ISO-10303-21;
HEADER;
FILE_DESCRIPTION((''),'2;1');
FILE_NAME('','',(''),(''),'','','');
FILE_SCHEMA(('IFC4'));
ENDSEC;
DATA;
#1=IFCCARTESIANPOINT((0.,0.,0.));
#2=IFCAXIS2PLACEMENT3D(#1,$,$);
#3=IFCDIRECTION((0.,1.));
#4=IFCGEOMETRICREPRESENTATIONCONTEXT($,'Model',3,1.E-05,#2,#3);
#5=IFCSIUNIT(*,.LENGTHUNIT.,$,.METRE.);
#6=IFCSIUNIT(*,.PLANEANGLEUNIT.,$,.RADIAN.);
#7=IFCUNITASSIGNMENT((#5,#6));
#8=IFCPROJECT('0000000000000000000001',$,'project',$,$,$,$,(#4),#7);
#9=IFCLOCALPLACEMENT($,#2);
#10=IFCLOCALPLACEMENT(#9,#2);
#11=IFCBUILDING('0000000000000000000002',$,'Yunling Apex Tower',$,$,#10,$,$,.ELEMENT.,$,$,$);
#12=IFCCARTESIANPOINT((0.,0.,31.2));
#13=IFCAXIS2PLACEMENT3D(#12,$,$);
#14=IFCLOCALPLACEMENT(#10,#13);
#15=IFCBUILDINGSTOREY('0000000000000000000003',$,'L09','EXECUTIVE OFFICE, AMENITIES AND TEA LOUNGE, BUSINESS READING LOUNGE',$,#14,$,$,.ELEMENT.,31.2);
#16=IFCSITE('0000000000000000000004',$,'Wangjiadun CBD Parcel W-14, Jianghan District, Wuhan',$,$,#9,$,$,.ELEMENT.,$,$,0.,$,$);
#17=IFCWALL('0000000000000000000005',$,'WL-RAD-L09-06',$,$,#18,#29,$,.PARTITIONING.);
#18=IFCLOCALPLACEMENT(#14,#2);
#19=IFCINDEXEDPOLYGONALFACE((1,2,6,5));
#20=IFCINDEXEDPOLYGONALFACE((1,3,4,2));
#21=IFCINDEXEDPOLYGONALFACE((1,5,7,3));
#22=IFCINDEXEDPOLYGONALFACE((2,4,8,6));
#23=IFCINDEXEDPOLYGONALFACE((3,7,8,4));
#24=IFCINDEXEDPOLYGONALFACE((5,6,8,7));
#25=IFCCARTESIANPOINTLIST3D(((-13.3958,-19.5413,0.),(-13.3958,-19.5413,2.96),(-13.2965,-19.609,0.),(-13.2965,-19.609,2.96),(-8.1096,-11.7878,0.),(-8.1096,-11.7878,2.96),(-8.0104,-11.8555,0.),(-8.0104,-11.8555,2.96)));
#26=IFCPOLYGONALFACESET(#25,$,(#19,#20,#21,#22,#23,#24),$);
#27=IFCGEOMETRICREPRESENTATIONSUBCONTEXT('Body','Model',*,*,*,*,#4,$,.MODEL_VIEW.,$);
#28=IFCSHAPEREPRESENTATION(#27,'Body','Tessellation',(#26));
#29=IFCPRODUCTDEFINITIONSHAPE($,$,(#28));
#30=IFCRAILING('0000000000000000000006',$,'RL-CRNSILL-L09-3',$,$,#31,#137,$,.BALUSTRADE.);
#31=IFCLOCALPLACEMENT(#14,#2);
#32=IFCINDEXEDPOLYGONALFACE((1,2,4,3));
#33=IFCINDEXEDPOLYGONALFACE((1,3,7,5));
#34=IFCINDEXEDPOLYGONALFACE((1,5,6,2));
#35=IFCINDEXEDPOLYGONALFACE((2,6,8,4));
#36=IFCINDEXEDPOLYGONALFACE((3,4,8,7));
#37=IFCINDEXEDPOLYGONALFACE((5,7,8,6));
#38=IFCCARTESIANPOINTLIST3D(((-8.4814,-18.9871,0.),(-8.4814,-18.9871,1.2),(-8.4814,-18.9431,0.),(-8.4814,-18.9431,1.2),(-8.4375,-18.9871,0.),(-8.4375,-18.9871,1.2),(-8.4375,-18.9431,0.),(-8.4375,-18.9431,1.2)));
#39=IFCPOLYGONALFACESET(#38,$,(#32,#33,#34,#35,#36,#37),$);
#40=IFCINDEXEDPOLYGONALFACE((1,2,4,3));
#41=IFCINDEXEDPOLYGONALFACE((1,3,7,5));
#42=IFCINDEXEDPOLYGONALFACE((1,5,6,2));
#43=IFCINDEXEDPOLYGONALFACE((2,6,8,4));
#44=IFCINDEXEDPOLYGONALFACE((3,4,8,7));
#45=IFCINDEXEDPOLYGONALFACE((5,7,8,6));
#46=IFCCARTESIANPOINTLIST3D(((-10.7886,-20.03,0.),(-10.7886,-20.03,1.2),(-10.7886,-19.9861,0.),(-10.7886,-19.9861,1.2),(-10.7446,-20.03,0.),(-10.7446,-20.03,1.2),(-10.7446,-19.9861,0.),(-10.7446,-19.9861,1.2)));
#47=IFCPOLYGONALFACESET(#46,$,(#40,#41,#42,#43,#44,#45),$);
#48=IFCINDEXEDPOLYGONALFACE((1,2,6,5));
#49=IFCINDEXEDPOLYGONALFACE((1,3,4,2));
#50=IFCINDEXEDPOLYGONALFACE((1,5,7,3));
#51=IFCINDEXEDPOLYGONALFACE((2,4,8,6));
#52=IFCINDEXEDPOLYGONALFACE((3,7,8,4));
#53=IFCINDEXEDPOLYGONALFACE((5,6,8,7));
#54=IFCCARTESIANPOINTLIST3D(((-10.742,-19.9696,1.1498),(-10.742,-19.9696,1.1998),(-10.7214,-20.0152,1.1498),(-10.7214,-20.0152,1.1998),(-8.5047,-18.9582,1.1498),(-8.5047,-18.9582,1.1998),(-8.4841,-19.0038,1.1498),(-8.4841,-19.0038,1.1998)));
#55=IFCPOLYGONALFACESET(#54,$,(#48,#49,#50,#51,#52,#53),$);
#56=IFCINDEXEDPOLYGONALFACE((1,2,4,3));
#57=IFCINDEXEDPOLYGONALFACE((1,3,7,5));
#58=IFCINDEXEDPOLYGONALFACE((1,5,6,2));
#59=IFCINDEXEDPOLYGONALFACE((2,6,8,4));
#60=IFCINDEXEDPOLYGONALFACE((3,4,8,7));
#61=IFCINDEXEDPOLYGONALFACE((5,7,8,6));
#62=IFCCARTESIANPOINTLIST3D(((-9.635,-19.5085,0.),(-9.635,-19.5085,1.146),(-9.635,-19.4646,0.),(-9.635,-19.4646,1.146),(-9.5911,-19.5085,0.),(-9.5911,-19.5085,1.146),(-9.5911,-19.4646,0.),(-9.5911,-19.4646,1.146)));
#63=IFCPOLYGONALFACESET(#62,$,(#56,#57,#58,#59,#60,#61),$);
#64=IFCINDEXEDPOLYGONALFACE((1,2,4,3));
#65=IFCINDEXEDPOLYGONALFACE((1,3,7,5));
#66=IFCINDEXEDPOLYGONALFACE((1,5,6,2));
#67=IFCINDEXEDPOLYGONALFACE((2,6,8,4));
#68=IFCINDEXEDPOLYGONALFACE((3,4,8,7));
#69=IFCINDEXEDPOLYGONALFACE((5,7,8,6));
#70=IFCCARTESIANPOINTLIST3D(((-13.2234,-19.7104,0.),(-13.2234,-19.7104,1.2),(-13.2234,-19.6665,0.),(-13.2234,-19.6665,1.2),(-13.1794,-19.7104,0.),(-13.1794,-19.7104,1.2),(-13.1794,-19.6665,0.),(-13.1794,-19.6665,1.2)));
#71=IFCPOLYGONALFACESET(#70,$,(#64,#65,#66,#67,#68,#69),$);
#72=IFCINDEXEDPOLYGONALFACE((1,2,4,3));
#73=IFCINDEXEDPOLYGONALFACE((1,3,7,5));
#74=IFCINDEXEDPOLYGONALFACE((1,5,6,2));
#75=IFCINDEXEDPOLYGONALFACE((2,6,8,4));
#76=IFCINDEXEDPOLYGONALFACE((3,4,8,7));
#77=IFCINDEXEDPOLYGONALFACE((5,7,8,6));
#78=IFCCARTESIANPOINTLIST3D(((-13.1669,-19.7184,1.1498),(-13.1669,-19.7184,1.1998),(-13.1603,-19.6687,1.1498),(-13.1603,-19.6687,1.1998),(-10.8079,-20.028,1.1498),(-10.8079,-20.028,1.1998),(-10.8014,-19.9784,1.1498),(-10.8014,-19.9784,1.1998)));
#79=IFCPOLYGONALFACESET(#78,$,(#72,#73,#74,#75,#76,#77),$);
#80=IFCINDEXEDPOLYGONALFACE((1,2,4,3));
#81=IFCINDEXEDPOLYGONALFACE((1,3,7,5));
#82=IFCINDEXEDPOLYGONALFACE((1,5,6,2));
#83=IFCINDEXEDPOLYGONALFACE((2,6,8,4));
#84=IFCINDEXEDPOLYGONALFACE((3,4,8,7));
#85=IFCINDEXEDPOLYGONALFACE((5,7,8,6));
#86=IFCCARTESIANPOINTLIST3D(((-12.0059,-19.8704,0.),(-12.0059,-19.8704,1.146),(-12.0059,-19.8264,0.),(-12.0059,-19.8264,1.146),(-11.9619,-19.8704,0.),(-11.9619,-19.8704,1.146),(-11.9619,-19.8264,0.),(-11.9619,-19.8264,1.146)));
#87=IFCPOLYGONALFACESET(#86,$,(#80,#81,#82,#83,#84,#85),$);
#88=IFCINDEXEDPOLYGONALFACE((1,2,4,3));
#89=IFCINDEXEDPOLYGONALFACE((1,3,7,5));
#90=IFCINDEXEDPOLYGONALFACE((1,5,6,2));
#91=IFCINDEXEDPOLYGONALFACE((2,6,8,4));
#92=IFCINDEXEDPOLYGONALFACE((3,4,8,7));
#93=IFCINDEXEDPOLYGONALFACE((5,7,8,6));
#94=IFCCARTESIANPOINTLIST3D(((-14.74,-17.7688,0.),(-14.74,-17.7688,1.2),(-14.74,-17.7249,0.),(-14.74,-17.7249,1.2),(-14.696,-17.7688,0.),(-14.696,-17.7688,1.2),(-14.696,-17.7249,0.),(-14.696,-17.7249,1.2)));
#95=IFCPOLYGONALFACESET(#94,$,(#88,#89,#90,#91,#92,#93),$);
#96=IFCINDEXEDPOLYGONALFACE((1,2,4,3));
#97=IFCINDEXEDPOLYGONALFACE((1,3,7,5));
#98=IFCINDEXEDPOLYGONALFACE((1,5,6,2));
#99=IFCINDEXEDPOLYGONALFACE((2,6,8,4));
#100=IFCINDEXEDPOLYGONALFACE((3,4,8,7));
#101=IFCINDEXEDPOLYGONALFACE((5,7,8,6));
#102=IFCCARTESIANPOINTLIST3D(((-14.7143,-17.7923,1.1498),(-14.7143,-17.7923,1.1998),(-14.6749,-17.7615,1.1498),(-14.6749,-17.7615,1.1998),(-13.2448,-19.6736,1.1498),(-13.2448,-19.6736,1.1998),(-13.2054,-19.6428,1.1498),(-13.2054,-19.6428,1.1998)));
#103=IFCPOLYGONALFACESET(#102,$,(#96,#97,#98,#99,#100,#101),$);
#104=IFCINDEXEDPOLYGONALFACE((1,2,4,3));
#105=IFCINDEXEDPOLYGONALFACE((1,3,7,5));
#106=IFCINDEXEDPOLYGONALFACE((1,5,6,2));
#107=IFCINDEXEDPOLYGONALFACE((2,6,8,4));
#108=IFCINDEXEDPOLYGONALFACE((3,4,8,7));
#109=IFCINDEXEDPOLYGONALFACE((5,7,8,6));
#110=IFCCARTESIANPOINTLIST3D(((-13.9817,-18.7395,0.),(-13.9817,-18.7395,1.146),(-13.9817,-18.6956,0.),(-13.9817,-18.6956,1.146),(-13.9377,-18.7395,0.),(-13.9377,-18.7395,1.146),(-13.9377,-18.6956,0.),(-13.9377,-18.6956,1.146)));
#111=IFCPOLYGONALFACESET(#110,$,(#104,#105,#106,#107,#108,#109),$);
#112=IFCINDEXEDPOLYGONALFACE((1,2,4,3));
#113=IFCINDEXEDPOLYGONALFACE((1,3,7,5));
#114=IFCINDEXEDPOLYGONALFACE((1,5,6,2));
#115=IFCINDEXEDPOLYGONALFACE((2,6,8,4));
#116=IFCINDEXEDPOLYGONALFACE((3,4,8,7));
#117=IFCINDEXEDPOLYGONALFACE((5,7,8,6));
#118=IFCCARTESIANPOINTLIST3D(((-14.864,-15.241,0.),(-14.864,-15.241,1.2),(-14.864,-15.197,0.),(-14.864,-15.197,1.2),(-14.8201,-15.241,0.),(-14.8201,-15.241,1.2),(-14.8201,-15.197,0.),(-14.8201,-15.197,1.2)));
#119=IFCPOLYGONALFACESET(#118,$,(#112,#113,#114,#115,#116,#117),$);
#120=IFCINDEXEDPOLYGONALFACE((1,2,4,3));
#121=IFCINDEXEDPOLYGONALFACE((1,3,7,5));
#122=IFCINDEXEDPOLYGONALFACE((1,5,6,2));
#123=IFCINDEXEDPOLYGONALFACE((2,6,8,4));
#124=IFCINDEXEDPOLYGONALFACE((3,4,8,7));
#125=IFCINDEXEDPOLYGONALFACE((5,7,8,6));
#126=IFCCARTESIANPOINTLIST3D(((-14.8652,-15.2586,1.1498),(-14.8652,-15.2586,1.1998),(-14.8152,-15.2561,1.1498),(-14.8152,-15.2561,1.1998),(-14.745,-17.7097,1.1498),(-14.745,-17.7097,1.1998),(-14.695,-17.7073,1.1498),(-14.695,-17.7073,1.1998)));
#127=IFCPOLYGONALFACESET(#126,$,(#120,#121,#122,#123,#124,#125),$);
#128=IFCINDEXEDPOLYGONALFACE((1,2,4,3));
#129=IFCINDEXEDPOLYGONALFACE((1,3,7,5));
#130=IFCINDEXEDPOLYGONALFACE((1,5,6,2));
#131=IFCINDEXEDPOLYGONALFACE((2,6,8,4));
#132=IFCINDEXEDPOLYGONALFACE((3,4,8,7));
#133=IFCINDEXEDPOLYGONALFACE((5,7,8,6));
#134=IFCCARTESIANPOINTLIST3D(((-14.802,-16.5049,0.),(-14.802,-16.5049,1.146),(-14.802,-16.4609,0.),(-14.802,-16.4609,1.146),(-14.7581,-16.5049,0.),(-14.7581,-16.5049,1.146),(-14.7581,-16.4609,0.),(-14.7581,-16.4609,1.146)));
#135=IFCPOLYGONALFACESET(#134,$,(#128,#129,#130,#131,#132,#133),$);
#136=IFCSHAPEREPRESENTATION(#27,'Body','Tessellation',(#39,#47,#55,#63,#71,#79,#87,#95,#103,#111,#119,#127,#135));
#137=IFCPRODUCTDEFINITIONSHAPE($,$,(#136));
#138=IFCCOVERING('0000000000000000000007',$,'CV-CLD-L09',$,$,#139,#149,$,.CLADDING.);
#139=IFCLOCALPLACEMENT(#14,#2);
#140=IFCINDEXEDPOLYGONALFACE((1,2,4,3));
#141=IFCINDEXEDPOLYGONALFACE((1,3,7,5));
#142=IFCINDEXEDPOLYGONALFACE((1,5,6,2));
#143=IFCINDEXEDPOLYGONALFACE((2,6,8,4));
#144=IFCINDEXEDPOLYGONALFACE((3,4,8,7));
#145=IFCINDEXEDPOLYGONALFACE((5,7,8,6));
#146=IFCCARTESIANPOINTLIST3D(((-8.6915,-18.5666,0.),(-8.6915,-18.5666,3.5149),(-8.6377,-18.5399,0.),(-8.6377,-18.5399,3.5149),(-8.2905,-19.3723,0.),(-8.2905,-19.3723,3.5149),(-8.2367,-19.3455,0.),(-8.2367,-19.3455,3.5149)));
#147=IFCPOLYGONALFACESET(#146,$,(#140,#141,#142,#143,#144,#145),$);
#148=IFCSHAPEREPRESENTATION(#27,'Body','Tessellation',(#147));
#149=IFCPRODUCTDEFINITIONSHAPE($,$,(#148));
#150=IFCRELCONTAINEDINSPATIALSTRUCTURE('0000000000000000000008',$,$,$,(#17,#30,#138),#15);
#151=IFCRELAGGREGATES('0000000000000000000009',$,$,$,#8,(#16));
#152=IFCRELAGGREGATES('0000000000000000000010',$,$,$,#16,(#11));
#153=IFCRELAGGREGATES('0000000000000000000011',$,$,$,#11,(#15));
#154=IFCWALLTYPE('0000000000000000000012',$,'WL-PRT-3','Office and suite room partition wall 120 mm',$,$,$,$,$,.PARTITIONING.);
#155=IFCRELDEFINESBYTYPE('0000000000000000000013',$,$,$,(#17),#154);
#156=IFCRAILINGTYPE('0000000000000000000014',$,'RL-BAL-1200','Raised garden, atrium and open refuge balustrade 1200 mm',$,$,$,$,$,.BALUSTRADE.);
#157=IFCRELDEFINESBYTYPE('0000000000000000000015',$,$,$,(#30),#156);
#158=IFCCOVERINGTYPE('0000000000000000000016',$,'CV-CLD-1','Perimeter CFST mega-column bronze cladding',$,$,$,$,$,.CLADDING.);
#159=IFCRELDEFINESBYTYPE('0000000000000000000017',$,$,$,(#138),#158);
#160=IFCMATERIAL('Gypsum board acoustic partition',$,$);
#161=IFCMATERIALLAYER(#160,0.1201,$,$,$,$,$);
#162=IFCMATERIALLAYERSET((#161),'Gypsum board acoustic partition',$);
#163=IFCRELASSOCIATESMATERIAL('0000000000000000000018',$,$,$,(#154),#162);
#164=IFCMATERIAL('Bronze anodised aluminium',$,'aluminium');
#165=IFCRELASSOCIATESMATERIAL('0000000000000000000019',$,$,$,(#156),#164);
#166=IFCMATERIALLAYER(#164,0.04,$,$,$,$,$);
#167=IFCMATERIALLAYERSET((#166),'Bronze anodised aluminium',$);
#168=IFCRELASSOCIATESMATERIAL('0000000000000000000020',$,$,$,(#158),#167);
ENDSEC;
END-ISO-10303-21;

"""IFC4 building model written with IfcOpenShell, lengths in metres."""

from ifc_helpers import new_model, si_unit, direction, frame, frame_2d, origin, origin_2d, place, context, subcontext, project, spatial, rectangle, extrude, source, transform, mapped, material, layer, layer_set, type_object, element, save


model = new_model("IFC4")

# Units and contexts
model_context = context("Model", 3, precision=1e-05, world=origin(), true_north=direction((0.0, 1.0)))
body_context = subcontext(model_context, "Body", "Model", "MODEL_VIEW")
ifc_project = project(units=[si_unit("LENGTHUNIT", "METRE"), si_unit("PLANEANGLEUNIT", "RADIAN")], contexts=[model_context])

# Site, building, storey
site_placement = place(None, origin())
site = spatial("IfcSite", under=ifc_project, at=site_placement, Name="Wangjiadun CBD Parcel W-14, Jianghan District, Wuhan", CompositionType="ELEMENT", RefElevation=0.0)
building_placement = place(site_placement, origin())
building = spatial("IfcBuilding", under=site, at=building_placement, Name="Yunling Apex Tower", CompositionType="ELEMENT")
storey_placement = place(building_placement, frame((0.0, 0.0, 31.2)))
storey = spatial("IfcBuildingStorey", under=building, at=storey_placement, Name="L09", Description="EXECUTIVE OFFICE, AMENITIES AND TEA LOUNGE, BUSINESS READING LOUNGE", CompositionType="ELEMENT", Elevation=31.2)

# Shared definitions
ifc_material_1 = material(Name="Bronze anodised aluminium", Category="aluminium")

# Shared definitions
ifc_material_2 = material(Name="Gypsum board acoustic partition")

# Wall
ifc_layer_1 = layer(ifc_material_2, 0.1201)
ifc_layer_set_1 = layer_set([ifc_layer_1], Name="Gypsum board acoustic partition")
wall_type_1 = type_object("IfcWallType", Name="WL-PRT-3", Description="Office and suite room partition wall 120 mm", PredefinedType="PARTITIONING", material=ifc_layer_set_1)
wall_1_placement = place(storey_placement, frame((-8.0601, -11.8218, 0.0), z_axis=(0.0, 0.0, 1.0), x_axis=(-0.563316, -0.826242, 0.0)))
element("IfcWall", 1, at=wall_1_placement, inside=storey, type_object=wall_type_1, Name="WL-RAD-L09-06", PredefinedType="PARTITIONING", context=body_context, shape_type="SweptSolid", body=[
    extrude(rectangle(XDim=9.384, YDim=0.1201, at=frame_2d((4.6919, 0.0))), origin(), (0.0, 0.0, 1.0), 2.96),
])

# Railing
railing_type = type_object("IfcRailingType", Name="RL-BAL-1200", Description="Raised garden, atrium and open refuge balustrade 1200 mm", PredefinedType="BALUSTRADE", material=ifc_material_1)
railing_placement = place(storey_placement, frame((-8.4595, -18.9651, 0.0)))
element("IfcRailing", 2, at=railing_placement, inside=storey, type_object=railing_type, Name="RL-CRNSILL-L09-3", PredefinedType="BALUSTRADE", context=body_context, shape_type="SweptSolid", body=[
    extrude(rectangle(XDim=0.0439, YDim=0.0439, at=origin_2d()), origin(), (0.0, 0.0, 1.0), 1.2),
    extrude(rectangle(XDim=0.0439, YDim=0.0439, at=origin_2d()), frame((-2.3071, -1.043, 0.0)), (0.0, 0.0, 1.0), 1.2),
    extrude(rectangle(XDim=0.05, YDim=0.05, at=origin_2d()), frame((-0.0349, -0.0159, 1.1748), z_axis=(-0.911217, -0.411928, 0.0), x_axis=(0.411928, -0.911217, 0.0)), (0.0, 0.0, 1.0), 2.4553),
    extrude(rectangle(XDim=0.0439, YDim=0.0439, at=origin_2d()), frame((-1.1536, -0.5215, 0.0)), (0.0, 0.0, 1.0), 1.146),
    extrude(rectangle(XDim=0.0439, YDim=0.0439, at=origin_2d()), frame((-4.7419, -0.7234, 0.0)), (0.0, 0.0, 1.0), 1.2),
    extrude(rectangle(XDim=0.05, YDim=0.05, at=origin_2d()), frame((-2.3452, -1.0381, 1.1748), z_axis=(-0.991496, 0.130138, 0.0), x_axis=(-0.130138, -0.991496, 0.0)), (0.0, 0.0, 1.0), 2.3792),
    extrude(rectangle(XDim=0.0439, YDim=0.0439, at=origin_2d()), frame((-3.5244, -0.8833, 0.0)), (0.0, 0.0, 1.0), 1.146),
    extrude(rectangle(XDim=0.0439, YDim=0.0439, at=origin_2d()), frame((-6.2585, 1.2183, 0.0)), (0.0, 0.0, 1.0), 1.2),
    extrude(rectangle(XDim=0.05, YDim=0.05, at=origin_2d()), frame((-4.7656, -0.6931, 1.1748), z_axis=(-0.615565, 0.788086, 0.0), x_axis=(-0.788086, -0.615565, 0.0)), (0.0, 0.0, 1.0), 2.3872),
    extrude(rectangle(XDim=0.0439, YDim=0.0439, at=origin_2d()), frame((-5.5002, 0.2476, 0.0)), (0.0, 0.0, 1.0), 1.146),
    extrude(rectangle(XDim=0.0439, YDim=0.0439, at=origin_2d()), frame((-6.3826, 3.7461, 0.0)), (0.0, 0.0, 1.0), 1.2),
    extrude(rectangle(XDim=0.05, YDim=0.05, at=origin_2d()), frame((-6.2605, 1.2566, 1.1748), z_axis=(-0.049004, 0.998799, 0.0), x_axis=(-0.998799, -0.049004, 0.0)), (0.0, 0.0, 1.0), 2.4541),
    extrude(rectangle(XDim=0.0439, YDim=0.0439, at=origin_2d()), frame((-6.3206, 2.4822, 0.0)), (0.0, 0.0, 1.0), 1.146),
])

# Covering
ifc_layer_2 = layer(ifc_material_1, 0.04)
ifc_layer_set_2 = layer_set([ifc_layer_2], Name="Bronze anodised aluminium")
covering_type = type_object("IfcCoveringType", Name="CV-CLD-1", Description="Perimeter CFST mega-column bronze cladding", PredefinedType="CLADDING", material=ifc_layer_set_2)
shared_shape_1 = source(origin(), body_context, "Body", "SweptSolid", [
    extrude(rectangle(XDim=0.0601, YDim=0.8999, at=origin_2d()), origin(), (0.0, 0.0, 1.0), 3.5149),
])
covering_placement = place(storey_placement, frame((-8.4641, -18.9561, 0.0), z_axis=(0.0, 0.0, 1.0), x_axis=(0.895246, 0.445573, 0.0)))
element("IfcCovering", 3, at=covering_placement, inside=storey, type_object=covering_type, Name="CV-CLD-L09", PredefinedType="CLADDING", context=body_context, shape_type="MappedRepresentation", body=[
    mapped(shared_shape_1, transform((0.0, 0.0, 0.0), scale=1.0)),
])

save(model, "model.ifc")
